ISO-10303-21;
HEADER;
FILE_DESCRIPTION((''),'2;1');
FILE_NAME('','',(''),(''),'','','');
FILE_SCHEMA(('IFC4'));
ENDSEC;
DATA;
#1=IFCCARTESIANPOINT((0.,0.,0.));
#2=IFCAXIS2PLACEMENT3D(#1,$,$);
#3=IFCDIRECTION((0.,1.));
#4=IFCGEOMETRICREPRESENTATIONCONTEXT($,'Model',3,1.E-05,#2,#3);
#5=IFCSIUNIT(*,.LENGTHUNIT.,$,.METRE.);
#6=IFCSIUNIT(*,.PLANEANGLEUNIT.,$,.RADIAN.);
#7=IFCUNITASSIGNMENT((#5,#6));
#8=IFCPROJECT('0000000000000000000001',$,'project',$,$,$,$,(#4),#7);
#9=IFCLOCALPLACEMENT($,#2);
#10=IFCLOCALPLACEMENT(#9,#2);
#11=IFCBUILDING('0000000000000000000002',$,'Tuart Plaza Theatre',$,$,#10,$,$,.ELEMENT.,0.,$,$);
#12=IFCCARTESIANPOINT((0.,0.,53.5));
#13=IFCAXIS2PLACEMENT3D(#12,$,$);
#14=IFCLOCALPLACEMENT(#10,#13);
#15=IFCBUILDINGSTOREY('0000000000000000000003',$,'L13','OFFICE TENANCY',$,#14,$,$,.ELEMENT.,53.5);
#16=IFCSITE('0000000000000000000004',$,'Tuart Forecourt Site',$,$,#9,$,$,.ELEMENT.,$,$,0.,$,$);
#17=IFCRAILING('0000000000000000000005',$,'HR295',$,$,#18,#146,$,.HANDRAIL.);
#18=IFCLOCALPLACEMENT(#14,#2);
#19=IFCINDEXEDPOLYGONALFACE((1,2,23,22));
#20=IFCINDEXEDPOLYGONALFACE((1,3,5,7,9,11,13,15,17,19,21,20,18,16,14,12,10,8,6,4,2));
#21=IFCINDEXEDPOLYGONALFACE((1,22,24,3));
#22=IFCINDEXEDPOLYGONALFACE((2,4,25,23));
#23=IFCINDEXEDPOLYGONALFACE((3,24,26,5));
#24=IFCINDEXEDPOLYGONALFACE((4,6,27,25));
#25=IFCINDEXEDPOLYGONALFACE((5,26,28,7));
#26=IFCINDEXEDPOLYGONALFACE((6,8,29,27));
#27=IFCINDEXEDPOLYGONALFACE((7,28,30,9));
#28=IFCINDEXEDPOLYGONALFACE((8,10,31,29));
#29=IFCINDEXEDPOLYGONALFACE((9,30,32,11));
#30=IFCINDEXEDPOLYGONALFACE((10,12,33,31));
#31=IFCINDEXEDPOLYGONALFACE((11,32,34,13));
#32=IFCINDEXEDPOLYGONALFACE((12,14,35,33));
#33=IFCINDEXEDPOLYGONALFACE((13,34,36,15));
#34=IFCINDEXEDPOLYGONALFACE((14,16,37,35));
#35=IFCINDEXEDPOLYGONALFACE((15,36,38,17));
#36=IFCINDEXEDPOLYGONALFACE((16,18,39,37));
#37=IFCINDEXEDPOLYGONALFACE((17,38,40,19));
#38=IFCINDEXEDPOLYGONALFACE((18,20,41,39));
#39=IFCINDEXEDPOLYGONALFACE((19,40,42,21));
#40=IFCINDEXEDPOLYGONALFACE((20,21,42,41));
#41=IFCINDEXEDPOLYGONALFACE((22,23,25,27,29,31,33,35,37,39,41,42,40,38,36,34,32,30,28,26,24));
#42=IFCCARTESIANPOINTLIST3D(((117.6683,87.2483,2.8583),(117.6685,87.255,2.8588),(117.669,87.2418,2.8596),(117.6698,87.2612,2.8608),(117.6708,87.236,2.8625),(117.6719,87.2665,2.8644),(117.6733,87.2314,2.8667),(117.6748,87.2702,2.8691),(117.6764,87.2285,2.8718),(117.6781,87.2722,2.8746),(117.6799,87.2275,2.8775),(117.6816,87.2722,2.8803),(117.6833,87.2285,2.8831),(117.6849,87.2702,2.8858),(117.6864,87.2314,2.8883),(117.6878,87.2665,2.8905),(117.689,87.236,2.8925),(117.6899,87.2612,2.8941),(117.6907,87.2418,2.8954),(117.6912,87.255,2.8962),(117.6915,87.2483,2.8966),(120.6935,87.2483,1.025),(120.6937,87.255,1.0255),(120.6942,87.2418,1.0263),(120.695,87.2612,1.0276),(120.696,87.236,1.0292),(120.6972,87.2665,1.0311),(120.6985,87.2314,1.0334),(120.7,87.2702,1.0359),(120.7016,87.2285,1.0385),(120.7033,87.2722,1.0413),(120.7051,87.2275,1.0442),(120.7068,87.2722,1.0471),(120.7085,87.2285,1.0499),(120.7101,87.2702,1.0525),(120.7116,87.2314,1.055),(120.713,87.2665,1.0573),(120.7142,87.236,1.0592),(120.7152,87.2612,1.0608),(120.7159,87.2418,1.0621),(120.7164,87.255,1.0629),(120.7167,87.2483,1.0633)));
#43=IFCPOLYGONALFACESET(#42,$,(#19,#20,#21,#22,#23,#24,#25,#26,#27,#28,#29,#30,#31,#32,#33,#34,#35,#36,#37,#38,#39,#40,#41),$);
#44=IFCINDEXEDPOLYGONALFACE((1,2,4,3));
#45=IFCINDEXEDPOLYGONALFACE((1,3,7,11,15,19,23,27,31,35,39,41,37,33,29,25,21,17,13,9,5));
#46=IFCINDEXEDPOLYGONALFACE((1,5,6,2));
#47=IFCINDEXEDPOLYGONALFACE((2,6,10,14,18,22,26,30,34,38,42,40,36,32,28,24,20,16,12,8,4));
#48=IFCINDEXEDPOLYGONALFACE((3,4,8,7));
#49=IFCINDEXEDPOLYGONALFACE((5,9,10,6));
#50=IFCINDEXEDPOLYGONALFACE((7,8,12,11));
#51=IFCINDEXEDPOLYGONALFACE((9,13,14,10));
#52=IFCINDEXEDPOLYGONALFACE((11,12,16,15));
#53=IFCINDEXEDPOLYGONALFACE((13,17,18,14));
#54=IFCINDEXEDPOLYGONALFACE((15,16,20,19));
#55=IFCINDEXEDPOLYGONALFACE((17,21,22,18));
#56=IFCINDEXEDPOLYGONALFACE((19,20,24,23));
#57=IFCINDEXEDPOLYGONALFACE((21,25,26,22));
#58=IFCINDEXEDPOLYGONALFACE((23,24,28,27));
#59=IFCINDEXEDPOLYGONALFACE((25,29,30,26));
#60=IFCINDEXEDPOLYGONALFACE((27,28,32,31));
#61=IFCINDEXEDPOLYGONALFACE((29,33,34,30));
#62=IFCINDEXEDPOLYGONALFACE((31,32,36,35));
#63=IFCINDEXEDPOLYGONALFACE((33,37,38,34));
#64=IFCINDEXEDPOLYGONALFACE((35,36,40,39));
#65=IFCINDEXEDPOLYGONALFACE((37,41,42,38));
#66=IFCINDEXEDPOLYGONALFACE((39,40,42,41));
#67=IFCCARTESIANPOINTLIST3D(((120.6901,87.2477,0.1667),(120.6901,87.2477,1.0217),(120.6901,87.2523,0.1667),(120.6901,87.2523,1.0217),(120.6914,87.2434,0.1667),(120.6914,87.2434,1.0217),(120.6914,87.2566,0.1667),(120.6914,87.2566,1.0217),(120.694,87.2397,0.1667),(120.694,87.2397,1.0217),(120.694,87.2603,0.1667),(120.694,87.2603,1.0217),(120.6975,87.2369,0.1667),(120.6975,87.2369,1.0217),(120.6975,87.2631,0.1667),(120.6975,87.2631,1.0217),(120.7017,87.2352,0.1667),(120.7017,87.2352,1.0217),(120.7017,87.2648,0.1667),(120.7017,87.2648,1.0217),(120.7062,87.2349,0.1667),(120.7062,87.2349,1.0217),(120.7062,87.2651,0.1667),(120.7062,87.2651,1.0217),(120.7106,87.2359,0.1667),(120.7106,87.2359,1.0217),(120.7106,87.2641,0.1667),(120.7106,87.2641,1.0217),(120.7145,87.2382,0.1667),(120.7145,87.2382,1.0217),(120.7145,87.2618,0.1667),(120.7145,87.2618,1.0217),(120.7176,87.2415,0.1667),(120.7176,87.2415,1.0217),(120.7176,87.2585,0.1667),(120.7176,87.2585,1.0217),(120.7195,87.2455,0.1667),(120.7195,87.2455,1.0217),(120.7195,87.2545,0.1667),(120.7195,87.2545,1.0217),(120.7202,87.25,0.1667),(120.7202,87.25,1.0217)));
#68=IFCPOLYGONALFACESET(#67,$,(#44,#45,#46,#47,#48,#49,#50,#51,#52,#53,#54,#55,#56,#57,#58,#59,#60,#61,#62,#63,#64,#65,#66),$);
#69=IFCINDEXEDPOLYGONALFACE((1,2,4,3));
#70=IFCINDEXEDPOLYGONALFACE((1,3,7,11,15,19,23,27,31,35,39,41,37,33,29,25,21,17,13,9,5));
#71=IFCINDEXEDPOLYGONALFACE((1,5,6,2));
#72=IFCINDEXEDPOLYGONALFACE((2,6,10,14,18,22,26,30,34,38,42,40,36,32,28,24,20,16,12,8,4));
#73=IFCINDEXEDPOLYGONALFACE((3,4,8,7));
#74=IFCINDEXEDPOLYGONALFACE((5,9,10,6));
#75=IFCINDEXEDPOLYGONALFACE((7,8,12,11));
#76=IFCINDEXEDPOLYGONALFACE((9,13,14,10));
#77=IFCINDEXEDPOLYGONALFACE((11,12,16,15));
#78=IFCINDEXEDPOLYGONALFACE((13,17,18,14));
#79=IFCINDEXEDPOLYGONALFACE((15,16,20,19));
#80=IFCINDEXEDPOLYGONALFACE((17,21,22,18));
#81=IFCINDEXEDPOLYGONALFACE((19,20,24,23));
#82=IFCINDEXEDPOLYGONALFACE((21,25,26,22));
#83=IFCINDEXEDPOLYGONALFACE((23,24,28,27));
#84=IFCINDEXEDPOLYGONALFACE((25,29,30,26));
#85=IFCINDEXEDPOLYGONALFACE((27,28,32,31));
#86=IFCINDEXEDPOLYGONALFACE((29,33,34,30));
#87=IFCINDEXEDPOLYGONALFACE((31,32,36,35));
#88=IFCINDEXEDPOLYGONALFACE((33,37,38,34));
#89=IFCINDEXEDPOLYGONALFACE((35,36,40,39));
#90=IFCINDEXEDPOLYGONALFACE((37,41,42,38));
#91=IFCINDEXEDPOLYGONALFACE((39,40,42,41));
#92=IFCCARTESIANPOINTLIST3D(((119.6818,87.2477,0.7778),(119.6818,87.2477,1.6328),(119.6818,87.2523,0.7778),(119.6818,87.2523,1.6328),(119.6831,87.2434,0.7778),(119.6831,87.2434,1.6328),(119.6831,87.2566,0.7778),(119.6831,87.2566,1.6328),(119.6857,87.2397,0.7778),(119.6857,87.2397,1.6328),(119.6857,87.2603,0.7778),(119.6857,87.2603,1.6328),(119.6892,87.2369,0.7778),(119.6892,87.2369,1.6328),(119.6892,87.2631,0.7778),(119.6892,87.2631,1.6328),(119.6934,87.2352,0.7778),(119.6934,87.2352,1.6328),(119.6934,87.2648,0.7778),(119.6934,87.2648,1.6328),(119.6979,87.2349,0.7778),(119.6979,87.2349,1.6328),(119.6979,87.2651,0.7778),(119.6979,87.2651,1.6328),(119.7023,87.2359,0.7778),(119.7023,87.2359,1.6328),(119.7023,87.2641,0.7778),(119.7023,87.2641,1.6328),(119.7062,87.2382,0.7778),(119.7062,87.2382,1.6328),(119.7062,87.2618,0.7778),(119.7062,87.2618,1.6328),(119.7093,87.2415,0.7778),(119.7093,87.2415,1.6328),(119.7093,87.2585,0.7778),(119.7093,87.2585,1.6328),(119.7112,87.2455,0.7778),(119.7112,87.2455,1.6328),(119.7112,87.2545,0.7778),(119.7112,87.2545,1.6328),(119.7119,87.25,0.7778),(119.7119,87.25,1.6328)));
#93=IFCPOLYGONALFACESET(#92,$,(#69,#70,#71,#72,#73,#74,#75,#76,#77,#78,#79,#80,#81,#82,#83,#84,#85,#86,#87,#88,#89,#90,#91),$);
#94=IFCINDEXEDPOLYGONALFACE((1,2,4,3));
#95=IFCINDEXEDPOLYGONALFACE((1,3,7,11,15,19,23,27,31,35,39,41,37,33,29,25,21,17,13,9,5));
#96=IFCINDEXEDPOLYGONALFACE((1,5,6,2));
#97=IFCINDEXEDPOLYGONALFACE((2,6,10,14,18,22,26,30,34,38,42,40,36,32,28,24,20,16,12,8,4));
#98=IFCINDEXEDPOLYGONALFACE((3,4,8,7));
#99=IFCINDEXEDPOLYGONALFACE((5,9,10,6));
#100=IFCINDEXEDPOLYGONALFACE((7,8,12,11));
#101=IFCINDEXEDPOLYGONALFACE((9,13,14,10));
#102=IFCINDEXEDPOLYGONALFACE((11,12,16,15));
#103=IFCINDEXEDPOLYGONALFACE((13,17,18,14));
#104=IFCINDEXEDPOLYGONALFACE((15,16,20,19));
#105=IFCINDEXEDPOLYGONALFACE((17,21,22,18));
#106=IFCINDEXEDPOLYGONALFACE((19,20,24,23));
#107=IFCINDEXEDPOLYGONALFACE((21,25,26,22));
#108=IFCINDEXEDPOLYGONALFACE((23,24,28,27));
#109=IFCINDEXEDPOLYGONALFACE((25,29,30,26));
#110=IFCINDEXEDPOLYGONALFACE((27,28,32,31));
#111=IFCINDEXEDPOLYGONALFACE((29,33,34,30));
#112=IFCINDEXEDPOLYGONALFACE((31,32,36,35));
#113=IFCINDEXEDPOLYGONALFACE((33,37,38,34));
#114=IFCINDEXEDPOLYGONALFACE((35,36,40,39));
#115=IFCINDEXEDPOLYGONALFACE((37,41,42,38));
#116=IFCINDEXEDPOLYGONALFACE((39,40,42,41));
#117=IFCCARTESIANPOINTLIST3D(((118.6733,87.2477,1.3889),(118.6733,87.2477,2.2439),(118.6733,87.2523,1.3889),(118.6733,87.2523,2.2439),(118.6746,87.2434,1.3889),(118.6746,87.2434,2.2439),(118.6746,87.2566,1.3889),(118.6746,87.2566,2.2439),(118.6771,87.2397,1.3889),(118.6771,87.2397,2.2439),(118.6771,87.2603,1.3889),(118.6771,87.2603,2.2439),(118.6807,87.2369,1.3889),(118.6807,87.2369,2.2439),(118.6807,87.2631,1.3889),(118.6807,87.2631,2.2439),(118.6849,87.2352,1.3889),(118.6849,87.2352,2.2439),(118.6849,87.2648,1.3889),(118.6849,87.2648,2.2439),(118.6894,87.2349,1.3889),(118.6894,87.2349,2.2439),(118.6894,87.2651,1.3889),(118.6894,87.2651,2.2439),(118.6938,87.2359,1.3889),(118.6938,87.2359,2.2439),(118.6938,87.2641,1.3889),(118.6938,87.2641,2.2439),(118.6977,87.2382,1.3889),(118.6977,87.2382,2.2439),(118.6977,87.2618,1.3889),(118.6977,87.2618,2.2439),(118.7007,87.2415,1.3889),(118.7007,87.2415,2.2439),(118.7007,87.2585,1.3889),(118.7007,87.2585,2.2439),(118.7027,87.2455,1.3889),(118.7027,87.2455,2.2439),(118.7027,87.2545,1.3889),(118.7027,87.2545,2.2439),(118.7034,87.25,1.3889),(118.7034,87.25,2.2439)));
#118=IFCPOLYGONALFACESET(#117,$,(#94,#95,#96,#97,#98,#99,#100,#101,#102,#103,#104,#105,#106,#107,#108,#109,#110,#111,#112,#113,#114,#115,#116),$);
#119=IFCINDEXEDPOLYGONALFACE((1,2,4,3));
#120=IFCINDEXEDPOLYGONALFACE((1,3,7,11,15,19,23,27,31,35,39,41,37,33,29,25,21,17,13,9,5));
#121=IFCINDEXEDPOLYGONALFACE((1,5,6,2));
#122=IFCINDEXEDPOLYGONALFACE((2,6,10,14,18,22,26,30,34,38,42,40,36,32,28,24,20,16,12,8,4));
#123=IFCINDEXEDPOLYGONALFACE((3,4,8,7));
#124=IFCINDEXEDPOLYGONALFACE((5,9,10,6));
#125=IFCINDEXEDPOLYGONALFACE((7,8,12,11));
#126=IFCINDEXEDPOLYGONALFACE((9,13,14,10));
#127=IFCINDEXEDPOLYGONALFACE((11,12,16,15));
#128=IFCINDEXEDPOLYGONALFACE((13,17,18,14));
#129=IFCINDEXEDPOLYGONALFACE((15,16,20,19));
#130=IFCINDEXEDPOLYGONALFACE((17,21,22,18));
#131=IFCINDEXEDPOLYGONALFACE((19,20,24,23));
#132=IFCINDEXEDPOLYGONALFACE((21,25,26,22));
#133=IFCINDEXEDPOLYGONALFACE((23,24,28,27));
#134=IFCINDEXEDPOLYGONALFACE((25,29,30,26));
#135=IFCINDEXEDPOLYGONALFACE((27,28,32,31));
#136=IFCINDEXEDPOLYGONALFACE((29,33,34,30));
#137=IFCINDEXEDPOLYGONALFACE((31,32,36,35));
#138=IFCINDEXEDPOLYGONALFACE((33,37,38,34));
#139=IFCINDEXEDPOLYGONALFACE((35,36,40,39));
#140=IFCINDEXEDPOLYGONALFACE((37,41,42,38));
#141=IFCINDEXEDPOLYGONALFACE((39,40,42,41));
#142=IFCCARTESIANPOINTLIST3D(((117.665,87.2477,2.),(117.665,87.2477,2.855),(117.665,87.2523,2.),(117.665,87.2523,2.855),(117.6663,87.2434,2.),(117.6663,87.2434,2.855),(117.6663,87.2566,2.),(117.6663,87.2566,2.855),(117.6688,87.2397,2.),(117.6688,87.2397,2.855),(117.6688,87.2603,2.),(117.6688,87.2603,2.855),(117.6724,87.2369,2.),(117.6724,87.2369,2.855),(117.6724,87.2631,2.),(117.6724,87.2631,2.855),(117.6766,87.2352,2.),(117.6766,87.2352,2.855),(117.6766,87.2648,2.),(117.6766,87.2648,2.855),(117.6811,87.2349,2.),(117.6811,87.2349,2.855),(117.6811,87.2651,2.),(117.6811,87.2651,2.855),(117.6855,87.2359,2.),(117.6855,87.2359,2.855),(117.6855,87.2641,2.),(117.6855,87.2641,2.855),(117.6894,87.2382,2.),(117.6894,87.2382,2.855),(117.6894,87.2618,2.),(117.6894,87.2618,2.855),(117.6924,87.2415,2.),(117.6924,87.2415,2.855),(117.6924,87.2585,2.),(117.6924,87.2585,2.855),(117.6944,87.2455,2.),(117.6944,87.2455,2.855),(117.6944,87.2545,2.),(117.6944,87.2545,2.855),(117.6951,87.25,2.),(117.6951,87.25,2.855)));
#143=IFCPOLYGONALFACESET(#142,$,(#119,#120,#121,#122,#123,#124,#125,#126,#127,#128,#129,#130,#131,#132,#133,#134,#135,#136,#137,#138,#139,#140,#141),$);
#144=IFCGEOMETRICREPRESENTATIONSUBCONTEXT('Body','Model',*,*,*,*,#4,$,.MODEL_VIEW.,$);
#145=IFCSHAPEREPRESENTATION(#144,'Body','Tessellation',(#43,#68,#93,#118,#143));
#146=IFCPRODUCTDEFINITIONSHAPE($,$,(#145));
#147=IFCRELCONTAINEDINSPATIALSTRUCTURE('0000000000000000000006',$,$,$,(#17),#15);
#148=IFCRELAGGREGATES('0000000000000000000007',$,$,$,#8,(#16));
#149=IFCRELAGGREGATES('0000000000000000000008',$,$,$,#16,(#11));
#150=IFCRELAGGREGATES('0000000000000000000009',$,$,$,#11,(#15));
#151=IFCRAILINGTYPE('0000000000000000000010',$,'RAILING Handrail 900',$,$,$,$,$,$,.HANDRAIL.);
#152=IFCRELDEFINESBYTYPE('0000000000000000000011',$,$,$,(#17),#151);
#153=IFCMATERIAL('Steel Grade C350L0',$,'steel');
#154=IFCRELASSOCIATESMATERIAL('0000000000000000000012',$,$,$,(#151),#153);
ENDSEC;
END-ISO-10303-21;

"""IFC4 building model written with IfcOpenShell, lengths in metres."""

from ifc_helpers import new_model, si_unit, direction, frame, origin, origin_2d, place, context, subcontext, project, spatial, circle, extrude, material, type_object, element, save


model = new_model("IFC4")

# Units and contexts
model_context = context("Model", 3, precision=1e-05, world=origin(), true_north=direction((0.0, 1.0)))
body_context = subcontext(model_context, "Body", "Model", "MODEL_VIEW")
ifc_project = project(units=[si_unit("LENGTHUNIT", "METRE"), si_unit("PLANEANGLEUNIT", "RADIAN")], contexts=[model_context])

# Site, building, storey
site_placement = place(None, origin())
site = spatial("IfcSite", under=ifc_project, at=site_placement, Name="Tuart Forecourt Site", CompositionType="ELEMENT", RefElevation=0.0)
building_placement = place(site_placement, origin())
building = spatial("IfcBuilding", under=site, at=building_placement, Name="Tuart Plaza Theatre", CompositionType="ELEMENT", ElevationOfRefHeight=0.0)
storey_placement = place(building_placement, frame((0.0, 0.0, 53.5)))
storey = spatial("IfcBuildingStorey", under=building, at=storey_placement, Name="L13", Description="OFFICE TENANCY", CompositionType="ELEMENT", Elevation=53.5)

# Railing
ifc_material_1 = material(Name="Steel Grade C350L0", Category="steel")
railing_type = type_object("IfcRailingType", Name="RAILING Handrail 900", PredefinedType="HANDRAIL", material=ifc_material_1)
for number, where, name in (
    (1, (120.7051, 87.25, 0.1667), "HR295"),
):
    element("IfcRailing", number, at=place(storey_placement, frame(where)), inside=storey, type_object=railing_type, Name=name, PredefinedType="HANDRAIL", context=body_context, shape_type="SweptSolid", body=[
        extrude(circle(Radius=0.0225, at=origin_2d()), frame((0.0, 0.0, 0.8774), z_axis=(-0.855219, 0.0, 0.518267), x_axis=(0.0, -1.0, 0.0)), (0.0, 0.0, 1.0), 3.5374),
        extrude(circle(Radius=0.0151, at=origin_2d()), origin(), (0.0, 0.0, 1.0), 0.855),
        extrude(circle(Radius=0.0151, at=origin_2d()), frame((-1.0083, 0.0, 0.6111)), (0.0, 0.0, 1.0), 0.855),
        extrude(circle(Radius=0.0151, at=origin_2d()), frame((-2.0168, 0.0, 1.2222)), (0.0, 0.0, 1.0), 0.855),
        extrude(circle(Radius=0.0151, at=origin_2d()), frame((-3.0251, 0.0, 1.8333)), (0.0, 0.0, 1.0), 0.855),
    ])

save(model, "model.ifc")
